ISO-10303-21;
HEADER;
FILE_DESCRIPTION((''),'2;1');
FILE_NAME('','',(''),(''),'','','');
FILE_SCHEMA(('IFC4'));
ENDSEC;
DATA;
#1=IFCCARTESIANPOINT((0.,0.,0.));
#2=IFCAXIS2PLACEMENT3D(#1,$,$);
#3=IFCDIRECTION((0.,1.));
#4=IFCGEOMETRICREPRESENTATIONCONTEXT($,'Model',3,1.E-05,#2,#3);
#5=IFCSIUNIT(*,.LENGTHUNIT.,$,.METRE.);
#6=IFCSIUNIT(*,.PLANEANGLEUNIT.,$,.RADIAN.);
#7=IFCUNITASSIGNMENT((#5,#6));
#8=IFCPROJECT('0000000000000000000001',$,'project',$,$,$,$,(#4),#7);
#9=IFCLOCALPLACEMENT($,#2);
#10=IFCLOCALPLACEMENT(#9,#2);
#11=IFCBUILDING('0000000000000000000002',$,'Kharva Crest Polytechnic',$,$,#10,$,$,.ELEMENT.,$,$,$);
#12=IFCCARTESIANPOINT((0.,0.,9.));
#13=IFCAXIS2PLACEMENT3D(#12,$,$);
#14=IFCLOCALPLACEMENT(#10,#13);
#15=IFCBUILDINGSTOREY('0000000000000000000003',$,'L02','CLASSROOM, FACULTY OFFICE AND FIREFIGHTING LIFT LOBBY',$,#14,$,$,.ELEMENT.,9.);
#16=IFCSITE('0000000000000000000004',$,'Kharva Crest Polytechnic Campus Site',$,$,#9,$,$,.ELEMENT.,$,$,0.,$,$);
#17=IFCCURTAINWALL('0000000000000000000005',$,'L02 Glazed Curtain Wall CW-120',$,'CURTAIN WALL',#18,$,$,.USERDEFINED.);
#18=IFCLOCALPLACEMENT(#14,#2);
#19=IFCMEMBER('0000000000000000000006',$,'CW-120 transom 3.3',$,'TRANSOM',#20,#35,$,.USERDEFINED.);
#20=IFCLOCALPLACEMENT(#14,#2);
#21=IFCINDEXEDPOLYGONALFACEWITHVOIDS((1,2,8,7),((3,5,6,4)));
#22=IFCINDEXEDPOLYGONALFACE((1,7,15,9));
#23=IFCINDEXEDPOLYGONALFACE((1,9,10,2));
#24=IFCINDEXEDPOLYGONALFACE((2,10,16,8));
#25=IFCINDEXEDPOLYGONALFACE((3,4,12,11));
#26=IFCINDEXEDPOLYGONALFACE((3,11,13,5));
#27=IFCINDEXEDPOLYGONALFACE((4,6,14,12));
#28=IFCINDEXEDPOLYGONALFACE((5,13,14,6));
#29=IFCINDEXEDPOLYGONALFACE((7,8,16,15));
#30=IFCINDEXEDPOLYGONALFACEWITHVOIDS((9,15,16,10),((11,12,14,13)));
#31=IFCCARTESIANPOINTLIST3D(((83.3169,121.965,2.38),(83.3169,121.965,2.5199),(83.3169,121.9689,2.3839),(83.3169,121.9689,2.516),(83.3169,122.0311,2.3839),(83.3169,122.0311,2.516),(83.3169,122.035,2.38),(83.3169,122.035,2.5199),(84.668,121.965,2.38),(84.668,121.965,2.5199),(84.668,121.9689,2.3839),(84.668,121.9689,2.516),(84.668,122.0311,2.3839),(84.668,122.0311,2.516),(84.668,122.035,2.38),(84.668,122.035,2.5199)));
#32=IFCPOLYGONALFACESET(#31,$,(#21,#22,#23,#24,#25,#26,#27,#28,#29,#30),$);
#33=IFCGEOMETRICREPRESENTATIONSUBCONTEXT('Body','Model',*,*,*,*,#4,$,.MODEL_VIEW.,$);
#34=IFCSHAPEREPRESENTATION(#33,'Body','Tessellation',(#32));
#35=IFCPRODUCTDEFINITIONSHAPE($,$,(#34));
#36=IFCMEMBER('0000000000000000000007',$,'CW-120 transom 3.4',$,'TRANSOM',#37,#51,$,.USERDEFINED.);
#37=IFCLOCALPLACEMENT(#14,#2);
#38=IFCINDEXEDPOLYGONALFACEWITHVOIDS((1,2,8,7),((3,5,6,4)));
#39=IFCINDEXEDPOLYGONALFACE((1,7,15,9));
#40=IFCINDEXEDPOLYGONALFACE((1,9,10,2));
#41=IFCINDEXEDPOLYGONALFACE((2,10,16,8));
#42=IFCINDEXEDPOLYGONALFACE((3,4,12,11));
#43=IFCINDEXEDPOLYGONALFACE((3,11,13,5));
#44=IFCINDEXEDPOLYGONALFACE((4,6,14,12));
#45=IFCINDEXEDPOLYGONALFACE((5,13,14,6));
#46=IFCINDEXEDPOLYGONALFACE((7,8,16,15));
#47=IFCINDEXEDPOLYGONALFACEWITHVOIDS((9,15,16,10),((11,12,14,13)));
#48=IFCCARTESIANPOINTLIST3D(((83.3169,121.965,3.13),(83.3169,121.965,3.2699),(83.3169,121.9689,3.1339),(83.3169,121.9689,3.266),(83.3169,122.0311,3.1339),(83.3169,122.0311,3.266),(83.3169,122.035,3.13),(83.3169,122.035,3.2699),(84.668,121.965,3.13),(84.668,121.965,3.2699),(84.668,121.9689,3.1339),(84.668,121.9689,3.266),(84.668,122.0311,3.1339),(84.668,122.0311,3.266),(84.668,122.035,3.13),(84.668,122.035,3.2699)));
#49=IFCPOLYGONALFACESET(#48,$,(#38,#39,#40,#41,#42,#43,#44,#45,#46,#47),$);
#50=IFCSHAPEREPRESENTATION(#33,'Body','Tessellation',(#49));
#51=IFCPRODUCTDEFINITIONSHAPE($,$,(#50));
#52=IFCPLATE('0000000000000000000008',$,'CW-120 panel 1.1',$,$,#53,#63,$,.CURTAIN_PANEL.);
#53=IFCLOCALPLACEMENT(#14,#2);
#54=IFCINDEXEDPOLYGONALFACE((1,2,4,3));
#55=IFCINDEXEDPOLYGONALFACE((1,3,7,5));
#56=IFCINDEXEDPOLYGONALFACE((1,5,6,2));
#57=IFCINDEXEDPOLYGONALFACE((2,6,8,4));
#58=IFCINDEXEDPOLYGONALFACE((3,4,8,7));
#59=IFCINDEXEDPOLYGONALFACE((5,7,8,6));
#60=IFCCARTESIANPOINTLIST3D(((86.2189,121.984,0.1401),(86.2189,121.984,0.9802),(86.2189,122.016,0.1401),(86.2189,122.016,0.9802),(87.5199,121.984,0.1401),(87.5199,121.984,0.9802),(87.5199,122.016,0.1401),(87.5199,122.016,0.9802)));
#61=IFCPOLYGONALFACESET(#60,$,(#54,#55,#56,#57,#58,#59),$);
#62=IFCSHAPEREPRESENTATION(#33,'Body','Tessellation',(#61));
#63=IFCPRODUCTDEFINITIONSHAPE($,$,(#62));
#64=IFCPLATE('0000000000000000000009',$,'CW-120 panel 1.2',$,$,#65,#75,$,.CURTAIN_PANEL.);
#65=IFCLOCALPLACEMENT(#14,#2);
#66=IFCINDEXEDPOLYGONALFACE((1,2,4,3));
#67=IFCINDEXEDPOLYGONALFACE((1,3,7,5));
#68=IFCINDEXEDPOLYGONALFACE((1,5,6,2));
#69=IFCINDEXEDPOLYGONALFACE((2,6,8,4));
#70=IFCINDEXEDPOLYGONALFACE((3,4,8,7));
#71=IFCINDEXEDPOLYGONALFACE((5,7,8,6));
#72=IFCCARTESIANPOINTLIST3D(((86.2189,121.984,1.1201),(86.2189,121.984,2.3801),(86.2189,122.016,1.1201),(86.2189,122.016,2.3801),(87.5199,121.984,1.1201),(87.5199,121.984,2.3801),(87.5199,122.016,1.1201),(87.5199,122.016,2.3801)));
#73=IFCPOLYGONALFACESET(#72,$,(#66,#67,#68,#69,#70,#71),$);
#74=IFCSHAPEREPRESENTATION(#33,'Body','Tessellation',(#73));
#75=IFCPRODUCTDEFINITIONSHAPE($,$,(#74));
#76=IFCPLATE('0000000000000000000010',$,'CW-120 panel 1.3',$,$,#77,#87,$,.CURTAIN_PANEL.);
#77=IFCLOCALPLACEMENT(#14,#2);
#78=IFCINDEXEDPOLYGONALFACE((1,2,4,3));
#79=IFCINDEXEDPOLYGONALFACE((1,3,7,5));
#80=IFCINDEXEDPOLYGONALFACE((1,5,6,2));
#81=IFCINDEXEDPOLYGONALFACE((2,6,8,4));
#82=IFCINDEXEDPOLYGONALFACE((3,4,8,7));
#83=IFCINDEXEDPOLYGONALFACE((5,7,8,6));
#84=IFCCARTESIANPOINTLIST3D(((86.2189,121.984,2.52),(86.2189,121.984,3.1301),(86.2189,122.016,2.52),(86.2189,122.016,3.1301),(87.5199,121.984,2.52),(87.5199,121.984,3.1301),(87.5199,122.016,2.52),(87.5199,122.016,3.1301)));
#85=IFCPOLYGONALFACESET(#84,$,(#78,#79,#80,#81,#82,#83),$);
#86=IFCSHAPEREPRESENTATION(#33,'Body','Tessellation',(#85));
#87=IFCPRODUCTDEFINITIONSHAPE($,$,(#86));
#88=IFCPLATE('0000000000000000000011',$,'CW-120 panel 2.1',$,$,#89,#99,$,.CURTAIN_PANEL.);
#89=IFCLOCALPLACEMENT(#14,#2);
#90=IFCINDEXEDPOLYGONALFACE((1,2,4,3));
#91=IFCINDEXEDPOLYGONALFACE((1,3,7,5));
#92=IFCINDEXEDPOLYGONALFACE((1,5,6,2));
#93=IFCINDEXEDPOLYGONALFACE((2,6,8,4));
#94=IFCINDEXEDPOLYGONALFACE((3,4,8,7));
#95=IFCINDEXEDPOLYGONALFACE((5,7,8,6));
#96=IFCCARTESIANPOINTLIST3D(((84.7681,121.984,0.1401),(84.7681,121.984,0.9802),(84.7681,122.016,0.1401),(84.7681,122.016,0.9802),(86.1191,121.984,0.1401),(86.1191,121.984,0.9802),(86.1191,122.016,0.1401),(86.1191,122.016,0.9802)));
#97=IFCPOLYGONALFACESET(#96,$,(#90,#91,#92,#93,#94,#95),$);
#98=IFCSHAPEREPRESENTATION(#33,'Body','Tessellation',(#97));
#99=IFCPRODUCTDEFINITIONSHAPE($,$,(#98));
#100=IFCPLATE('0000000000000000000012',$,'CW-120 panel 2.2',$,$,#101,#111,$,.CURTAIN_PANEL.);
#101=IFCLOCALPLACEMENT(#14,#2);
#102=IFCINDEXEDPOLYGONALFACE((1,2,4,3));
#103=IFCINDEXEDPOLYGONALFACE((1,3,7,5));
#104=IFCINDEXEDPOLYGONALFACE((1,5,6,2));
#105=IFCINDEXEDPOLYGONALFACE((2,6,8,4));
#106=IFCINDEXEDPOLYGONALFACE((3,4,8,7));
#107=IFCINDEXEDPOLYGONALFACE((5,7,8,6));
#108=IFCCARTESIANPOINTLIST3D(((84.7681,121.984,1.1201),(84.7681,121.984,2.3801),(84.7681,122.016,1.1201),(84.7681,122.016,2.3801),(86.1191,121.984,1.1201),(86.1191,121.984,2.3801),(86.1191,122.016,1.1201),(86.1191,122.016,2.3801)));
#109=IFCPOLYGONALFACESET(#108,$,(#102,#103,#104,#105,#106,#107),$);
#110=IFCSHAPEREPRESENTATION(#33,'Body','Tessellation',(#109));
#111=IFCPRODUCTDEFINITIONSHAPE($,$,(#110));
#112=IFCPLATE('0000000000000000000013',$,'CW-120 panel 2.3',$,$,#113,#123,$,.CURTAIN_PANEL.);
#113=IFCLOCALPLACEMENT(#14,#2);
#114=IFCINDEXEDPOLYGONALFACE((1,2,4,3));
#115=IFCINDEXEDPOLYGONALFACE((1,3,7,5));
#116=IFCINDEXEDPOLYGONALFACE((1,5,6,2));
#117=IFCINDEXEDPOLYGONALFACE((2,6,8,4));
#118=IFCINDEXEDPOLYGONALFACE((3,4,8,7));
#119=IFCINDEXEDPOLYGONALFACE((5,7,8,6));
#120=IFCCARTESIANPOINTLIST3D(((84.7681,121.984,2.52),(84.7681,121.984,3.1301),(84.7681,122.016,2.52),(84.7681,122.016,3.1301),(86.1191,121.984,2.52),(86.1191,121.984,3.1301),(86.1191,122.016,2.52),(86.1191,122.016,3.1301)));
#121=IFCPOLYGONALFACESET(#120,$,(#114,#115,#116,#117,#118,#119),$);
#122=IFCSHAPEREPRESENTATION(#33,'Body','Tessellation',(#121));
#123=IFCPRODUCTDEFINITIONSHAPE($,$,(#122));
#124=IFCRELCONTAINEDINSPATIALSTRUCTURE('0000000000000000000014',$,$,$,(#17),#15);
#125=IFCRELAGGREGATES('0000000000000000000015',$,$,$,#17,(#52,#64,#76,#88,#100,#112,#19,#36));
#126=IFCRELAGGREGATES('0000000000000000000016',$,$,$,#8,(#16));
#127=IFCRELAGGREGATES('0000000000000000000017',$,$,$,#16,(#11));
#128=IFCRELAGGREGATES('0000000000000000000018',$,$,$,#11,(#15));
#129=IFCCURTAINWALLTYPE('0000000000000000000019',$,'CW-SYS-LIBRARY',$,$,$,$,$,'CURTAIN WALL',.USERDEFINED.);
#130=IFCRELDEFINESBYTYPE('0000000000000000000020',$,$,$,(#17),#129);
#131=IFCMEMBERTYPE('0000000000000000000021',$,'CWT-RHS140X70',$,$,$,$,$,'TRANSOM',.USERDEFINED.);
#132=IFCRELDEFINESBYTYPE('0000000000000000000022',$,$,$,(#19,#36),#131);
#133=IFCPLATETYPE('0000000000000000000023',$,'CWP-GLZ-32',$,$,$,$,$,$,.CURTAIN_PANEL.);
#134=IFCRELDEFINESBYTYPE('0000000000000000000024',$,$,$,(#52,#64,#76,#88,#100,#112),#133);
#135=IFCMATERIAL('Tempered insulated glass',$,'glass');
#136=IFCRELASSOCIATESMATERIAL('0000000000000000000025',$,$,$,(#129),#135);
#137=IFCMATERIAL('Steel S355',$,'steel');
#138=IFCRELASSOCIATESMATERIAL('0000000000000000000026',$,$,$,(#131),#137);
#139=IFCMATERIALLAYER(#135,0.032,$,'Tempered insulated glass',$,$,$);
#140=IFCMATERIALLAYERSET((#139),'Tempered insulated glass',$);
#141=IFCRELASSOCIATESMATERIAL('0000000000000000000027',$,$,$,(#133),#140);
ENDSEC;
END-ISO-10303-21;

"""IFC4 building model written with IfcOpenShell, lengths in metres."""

from ifc_helpers import new_model, si_unit, direction, frame, origin, origin_2d, place, context, subcontext, project, spatial, rectangle, hollow_rectangle, extrude, material, layer, layer_set, material_profile, profile_set, type_object, element, aggregate, save


model = new_model("IFC4")

# Units and contexts
model_context = context("Model", 3, precision=1e-05, world=origin(), true_north=direction((0.0, 1.0)))
body_context = subcontext(model_context, "Body", "Model", "MODEL_VIEW")
ifc_project = project(units=[si_unit("LENGTHUNIT", "METRE"), si_unit("PLANEANGLEUNIT", "RADIAN")], contexts=[model_context])

# Site, building, storey
site_placement = place(None, origin())
site = spatial("IfcSite", under=ifc_project, at=site_placement, Name="Kharva Crest Polytechnic Campus Site", CompositionType="ELEMENT", RefElevation=0.0)
building_placement = place(site_placement, origin())
building = spatial("IfcBuilding", under=site, at=building_placement, Name="Kharva Crest Polytechnic", CompositionType="ELEMENT")
storey_placement = place(building_placement, frame((0.0, 0.0, 9.0)))
storey = spatial("IfcBuildingStorey", under=building, at=storey_placement, Name="L02", Description="CLASSROOM, FACULTY OFFICE AND FIREFIGHTING LIFT LOBBY", CompositionType="ELEMENT", Elevation=9.0)

# Curtain wall, members, plates
ifc_material_1 = material(Name="Tempered insulated glass", Category="glass")
curtain_wall_type = type_object("IfcCurtainWallType", Name="CW-SYS-LIBRARY", ElementType="CURTAIN WALL", PredefinedType="USERDEFINED", material=ifc_material_1)
curtain_wall_placement = place(storey_placement, origin())
curtain_wall = element("IfcCurtainWall", 1, at=curtain_wall_placement, inside=storey, type_object=curtain_wall_type, Name="L02 Glazed Curtain Wall CW-120", ObjectType="CURTAIN WALL", PredefinedType="USERDEFINED")
ifc_material_2 = material(Name="Steel S355", Category="steel")
ifc_material_profile_1 = material_profile(ifc_material_2, hollow_rectangle(XDim=0.0701, YDim=0.1399, WallThickness=0.0039, at=origin_2d()), Name="RHS 140X70X4.0")
ifc_profile_set_1 = profile_set([ifc_material_profile_1], Name="Steel S355")
member_type_1 = type_object("IfcMemberType", Name="CWT-RHS140X70", ElementType="TRANSOM", PredefinedType="USERDEFINED", material=ifc_profile_set_1)
member_1_placement = place(storey_placement, frame((84.668, 122.0, 2.45), z_axis=(-1.0, 0.0, 0.0), x_axis=(0.0, -1.0, 0.0)))
member_1 = element("IfcMember", 2, at=member_1_placement, type_object=member_type_1, Name="CW-120 transom 3.3", ObjectType="TRANSOM", PredefinedType="USERDEFINED", context=body_context, shape_type="SweptSolid", body=[
    extrude(hollow_rectangle(XDim=0.0701, YDim=0.1399, WallThickness=0.0039, at=origin_2d()), origin(), (0.0, 0.0, 1.0), 1.3511),
])
member_2_placement = place(storey_placement, frame((84.668, 122.0, 3.2), z_axis=(-1.0, 0.0, 0.0), x_axis=(0.0, -1.0, 0.0)))
member_2 = element("IfcMember", 3, at=member_2_placement, type_object=member_type_1, Name="CW-120 transom 3.4", ObjectType="TRANSOM", PredefinedType="USERDEFINED", context=body_context, shape_type="SweptSolid", body=[
    extrude(hollow_rectangle(XDim=0.0701, YDim=0.1399, WallThickness=0.0039, at=origin_2d()), origin(), (0.0, 0.0, 1.0), 1.3511),
])
ifc_layer = layer(ifc_material_1, 0.032, Name="Tempered insulated glass")
ifc_layer_set = layer_set([ifc_layer], Name="Tempered insulated glass")
plate_type = type_object("IfcPlateType", Name="CWP-GLZ-32", PredefinedType="CURTAIN_PANEL", material=ifc_layer_set)
plate_1_placement = place(storey_placement, frame((86.8694, 122.0, 0.1401), z_axis=(0.0, 0.0, 1.0), x_axis=(-1.0, 0.0, 0.0)))
plate_1 = element("IfcPlate", 4, at=plate_1_placement, type_object=plate_type, Name="CW-120 panel 1.1", PredefinedType="CURTAIN_PANEL", context=body_context, shape_type="SweptSolid", body=[
    extrude(rectangle(XDim=1.301, YDim=0.032, at=origin_2d()), origin(), (0.0, 0.0, 1.0), 0.8401),
])
plate_2_placement = place(storey_placement, frame((86.8694, 122.0, 1.1201), z_axis=(0.0, 0.0, 1.0), x_axis=(-1.0, 0.0, 0.0)))
plate_2 = element("IfcPlate", 5, at=plate_2_placement, type_object=plate_type, Name="CW-120 panel 1.2", PredefinedType="CURTAIN_PANEL", context=body_context, shape_type="SweptSolid", body=[
    extrude(rectangle(XDim=1.301, YDim=0.032, at=origin_2d()), origin(), (0.0, 0.0, 1.0), 1.26),
])
plate_3_placement = place(storey_placement, frame((86.8694, 122.0, 2.52), z_axis=(0.0, 0.0, 1.0), x_axis=(-1.0, 0.0, 0.0)))
plate_3 = element("IfcPlate", 6, at=plate_3_placement, type_object=plate_type, Name="CW-120 panel 1.3", PredefinedType="CURTAIN_PANEL", context=body_context, shape_type="SweptSolid", body=[
    extrude(rectangle(XDim=1.301, YDim=0.032, at=origin_2d()), origin(), (0.0, 0.0, 1.0), 0.6101),
])
plate_4_placement = place(storey_placement, frame((85.4436, 122.0, 0.1401), z_axis=(0.0, 0.0, 1.0), x_axis=(-1.0, 0.0, 0.0)))
plate_4 = element("IfcPlate", 7, at=plate_4_placement, type_object=plate_type, Name="CW-120 panel 2.1", PredefinedType="CURTAIN_PANEL", context=body_context, shape_type="SweptSolid", body=[
    extrude(rectangle(XDim=1.3511, YDim=0.032, at=origin_2d()), origin(), (0.0, 0.0, 1.0), 0.8401),
])
plate_5_placement = place(storey_placement, frame((85.4436, 122.0, 1.1201), z_axis=(0.0, 0.0, 1.0), x_axis=(-1.0, 0.0, 0.0)))
plate_5 = element("IfcPlate", 8, at=plate_5_placement, type_object=plate_type, Name="CW-120 panel 2.2", PredefinedType="CURTAIN_PANEL", context=body_context, shape_type="SweptSolid", body=[
    extrude(rectangle(XDim=1.3511, YDim=0.032, at=origin_2d()), origin(), (0.0, 0.0, 1.0), 1.26),
])
plate_6_placement = place(storey_placement, frame((85.4436, 122.0, 2.52), z_axis=(0.0, 0.0, 1.0), x_axis=(-1.0, 0.0, 0.0)))
plate_6 = element("IfcPlate", 9, at=plate_6_placement, type_object=plate_type, Name="CW-120 panel 2.3", PredefinedType="CURTAIN_PANEL", context=body_context, shape_type="SweptSolid", body=[
    extrude(rectangle(XDim=1.3511, YDim=0.032, at=origin_2d()), origin(), (0.0, 0.0, 1.0), 0.6101),
])
aggregate(curtain_wall, [plate_1, plate_2, plate_3, plate_4, plate_5, plate_6, member_1, member_2])

save(model, "model.ifc")
